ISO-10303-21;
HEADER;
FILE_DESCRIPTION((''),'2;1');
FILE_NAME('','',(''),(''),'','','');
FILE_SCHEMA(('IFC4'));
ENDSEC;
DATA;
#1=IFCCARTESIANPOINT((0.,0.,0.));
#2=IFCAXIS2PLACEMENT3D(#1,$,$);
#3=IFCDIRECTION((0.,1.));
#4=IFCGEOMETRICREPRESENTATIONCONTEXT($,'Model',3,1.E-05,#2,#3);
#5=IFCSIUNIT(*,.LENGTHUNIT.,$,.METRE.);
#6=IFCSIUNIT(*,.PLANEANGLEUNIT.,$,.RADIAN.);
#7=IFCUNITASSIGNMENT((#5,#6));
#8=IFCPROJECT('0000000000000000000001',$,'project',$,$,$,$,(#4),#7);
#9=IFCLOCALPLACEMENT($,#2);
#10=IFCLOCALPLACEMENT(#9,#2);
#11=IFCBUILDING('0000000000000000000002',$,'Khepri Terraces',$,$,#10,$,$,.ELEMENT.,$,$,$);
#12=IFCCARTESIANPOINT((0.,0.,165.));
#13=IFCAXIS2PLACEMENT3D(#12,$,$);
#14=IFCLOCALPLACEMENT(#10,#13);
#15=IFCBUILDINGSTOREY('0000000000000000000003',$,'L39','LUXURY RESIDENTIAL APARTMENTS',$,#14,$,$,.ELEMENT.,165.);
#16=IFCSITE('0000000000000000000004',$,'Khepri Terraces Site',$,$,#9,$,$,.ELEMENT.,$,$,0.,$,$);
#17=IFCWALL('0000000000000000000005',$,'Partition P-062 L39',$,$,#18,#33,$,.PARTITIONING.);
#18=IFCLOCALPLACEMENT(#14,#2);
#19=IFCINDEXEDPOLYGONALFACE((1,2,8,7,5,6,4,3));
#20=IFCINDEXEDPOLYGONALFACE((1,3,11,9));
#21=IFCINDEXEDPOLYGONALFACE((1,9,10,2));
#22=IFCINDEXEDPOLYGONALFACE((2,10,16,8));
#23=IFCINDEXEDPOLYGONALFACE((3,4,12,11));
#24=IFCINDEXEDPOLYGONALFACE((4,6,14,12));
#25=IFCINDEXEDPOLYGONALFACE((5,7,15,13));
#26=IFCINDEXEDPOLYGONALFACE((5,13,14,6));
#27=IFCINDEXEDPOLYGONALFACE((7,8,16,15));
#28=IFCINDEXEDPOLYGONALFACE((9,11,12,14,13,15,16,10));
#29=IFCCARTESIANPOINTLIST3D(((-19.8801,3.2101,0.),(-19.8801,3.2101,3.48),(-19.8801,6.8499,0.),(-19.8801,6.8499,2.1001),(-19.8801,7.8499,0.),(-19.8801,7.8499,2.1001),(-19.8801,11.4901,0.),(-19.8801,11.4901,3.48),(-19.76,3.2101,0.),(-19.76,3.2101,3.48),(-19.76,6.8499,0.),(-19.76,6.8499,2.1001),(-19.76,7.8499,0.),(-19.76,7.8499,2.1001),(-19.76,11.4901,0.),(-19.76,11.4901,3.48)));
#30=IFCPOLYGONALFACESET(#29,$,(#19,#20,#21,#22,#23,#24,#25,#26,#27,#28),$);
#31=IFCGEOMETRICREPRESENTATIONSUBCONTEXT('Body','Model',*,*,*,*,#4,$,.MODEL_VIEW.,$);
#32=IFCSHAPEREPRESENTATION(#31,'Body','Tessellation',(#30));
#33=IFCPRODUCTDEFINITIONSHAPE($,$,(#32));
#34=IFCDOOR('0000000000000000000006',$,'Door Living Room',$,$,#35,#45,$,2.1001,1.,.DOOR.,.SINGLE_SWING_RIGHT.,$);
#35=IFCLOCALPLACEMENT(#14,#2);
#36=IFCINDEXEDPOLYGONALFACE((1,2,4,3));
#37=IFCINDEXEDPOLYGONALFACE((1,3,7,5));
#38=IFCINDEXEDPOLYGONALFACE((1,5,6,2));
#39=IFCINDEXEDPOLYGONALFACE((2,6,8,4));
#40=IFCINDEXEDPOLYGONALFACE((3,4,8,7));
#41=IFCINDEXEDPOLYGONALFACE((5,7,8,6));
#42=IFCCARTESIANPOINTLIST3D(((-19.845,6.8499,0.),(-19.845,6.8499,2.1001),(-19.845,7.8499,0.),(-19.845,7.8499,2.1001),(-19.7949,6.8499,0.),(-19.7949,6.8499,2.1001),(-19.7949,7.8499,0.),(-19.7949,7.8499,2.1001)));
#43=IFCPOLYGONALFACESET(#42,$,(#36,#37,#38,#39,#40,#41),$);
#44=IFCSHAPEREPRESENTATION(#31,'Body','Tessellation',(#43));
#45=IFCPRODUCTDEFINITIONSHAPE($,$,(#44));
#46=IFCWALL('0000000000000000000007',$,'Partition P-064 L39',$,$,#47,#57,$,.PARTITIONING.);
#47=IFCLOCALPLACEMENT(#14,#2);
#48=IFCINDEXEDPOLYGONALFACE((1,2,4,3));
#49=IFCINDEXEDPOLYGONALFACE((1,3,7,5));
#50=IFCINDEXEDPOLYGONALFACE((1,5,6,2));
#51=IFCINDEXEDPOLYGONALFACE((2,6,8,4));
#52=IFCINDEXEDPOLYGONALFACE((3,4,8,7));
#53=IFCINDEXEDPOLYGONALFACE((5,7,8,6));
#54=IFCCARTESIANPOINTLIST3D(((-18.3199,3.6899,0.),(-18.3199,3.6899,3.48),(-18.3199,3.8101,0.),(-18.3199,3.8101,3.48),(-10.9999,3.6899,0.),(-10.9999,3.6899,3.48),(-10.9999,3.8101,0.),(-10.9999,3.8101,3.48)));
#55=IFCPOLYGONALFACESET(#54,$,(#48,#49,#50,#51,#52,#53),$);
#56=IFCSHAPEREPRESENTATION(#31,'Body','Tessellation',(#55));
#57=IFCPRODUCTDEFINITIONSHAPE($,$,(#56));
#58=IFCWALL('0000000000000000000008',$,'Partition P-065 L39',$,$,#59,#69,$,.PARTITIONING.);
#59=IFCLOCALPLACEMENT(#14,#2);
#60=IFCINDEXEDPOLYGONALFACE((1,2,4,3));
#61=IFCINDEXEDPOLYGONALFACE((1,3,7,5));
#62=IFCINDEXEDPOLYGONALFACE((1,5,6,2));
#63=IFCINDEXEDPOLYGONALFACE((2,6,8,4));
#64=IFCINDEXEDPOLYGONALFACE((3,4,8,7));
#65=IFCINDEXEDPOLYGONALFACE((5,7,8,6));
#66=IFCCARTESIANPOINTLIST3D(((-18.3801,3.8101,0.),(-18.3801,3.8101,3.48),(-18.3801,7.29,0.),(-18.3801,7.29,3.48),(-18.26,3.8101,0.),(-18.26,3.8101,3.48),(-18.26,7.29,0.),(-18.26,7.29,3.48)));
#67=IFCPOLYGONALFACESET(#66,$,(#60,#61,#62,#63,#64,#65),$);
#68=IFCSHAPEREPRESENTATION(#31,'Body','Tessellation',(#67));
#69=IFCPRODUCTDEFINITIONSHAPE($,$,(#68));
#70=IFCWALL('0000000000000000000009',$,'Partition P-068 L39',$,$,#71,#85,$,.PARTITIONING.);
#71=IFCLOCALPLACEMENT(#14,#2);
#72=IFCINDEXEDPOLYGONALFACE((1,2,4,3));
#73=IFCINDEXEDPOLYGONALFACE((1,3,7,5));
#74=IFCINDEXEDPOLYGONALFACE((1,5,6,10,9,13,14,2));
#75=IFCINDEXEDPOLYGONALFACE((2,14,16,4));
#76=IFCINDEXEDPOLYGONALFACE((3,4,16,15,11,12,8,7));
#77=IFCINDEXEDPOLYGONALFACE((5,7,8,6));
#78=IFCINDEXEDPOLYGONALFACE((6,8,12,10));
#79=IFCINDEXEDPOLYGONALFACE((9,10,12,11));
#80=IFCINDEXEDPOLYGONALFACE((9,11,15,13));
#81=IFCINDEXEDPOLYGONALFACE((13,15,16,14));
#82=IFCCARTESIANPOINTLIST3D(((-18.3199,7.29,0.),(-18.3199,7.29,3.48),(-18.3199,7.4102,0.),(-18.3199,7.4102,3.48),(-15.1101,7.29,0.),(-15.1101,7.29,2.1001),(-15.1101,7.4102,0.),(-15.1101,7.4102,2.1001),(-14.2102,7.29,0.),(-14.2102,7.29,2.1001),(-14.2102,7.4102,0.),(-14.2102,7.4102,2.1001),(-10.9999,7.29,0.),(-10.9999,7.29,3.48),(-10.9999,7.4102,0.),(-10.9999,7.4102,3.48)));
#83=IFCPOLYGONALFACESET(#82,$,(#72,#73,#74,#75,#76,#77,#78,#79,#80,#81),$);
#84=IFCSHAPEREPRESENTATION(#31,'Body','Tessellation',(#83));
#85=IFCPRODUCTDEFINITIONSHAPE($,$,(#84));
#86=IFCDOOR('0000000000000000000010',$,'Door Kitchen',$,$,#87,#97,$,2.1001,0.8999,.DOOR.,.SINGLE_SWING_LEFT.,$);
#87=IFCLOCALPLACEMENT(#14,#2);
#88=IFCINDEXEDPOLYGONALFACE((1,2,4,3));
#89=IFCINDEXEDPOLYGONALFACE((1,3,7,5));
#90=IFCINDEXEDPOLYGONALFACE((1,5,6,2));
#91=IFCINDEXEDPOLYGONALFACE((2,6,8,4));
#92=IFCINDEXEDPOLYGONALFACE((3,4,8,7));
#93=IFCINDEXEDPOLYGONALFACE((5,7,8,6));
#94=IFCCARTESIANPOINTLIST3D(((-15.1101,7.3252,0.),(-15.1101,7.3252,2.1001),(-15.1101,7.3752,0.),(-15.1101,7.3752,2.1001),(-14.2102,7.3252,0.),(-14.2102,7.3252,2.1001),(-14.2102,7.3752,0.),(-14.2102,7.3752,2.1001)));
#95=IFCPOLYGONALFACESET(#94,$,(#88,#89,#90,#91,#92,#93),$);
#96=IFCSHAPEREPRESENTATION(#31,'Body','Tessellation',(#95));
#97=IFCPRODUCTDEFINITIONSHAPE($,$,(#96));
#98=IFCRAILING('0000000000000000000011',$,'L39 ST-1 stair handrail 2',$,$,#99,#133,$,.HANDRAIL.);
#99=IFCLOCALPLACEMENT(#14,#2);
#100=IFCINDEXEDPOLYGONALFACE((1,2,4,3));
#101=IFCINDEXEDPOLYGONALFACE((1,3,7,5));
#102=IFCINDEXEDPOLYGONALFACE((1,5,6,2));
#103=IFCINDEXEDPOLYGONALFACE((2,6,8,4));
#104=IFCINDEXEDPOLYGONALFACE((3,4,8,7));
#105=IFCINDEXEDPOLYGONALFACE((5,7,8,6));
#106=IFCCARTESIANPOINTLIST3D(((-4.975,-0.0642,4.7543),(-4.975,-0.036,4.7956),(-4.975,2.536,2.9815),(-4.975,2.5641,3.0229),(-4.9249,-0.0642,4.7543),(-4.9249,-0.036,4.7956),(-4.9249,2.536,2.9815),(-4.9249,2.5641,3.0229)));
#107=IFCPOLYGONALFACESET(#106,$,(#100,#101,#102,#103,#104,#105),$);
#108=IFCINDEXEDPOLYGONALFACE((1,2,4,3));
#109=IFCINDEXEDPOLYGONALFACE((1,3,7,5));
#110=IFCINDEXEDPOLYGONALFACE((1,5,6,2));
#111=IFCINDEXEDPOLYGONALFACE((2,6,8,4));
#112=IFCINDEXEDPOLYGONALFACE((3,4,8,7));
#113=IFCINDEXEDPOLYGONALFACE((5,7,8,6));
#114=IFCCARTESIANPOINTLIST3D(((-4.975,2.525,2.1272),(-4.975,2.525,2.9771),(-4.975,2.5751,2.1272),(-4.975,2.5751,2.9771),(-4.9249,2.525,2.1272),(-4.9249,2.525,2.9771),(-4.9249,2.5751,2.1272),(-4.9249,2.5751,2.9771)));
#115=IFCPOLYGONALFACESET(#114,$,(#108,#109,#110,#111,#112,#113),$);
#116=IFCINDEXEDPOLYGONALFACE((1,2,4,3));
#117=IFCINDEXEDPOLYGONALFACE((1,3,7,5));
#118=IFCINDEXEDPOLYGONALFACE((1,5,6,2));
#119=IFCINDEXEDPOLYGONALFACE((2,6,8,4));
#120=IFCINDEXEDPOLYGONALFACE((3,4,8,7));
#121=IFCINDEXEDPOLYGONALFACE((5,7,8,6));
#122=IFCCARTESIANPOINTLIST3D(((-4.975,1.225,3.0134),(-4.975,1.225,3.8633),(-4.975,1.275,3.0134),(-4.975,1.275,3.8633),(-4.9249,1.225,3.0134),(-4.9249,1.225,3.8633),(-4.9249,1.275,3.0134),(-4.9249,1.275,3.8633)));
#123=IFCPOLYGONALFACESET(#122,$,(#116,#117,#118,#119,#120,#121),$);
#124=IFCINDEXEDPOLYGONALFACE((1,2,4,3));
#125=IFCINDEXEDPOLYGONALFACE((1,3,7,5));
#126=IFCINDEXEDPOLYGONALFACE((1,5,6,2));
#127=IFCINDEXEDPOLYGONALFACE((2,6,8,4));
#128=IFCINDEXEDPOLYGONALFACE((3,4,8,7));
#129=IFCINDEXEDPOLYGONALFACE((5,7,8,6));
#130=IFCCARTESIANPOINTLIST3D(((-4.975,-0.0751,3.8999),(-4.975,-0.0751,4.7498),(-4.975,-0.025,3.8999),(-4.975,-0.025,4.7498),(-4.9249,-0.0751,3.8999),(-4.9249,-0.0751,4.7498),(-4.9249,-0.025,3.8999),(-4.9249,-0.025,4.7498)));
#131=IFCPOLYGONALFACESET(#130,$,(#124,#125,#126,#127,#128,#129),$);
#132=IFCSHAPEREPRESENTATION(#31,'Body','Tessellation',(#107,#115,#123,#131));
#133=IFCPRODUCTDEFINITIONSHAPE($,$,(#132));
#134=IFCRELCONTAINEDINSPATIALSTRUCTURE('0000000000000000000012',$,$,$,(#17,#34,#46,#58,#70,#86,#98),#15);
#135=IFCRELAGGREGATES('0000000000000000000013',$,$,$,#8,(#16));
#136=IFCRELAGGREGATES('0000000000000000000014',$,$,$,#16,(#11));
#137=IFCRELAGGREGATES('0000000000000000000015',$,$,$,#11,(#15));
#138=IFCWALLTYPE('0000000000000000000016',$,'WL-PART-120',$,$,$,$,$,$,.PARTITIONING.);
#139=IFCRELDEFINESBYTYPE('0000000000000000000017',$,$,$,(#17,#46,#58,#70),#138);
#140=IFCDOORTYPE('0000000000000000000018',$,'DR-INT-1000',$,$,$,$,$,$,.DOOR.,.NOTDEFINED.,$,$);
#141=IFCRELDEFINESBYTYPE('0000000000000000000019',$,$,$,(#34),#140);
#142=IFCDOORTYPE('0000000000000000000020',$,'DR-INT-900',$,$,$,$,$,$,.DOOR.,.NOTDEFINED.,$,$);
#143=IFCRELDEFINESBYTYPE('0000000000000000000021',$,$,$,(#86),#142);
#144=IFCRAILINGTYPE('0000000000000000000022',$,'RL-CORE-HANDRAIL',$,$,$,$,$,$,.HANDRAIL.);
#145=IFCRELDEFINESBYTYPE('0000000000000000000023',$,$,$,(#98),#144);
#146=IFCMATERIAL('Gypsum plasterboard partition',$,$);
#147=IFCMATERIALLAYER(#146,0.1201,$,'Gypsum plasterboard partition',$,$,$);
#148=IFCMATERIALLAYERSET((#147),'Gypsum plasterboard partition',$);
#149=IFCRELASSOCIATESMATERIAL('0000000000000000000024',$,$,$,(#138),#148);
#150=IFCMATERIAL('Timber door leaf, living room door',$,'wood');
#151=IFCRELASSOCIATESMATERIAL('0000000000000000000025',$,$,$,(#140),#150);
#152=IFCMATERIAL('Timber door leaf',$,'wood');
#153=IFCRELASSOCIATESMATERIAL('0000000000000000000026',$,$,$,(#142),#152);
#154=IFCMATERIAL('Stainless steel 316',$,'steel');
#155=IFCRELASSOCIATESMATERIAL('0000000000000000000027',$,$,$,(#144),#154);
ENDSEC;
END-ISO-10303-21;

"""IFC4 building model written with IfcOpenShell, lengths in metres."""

from ifc_helpers import new_model, si_unit, direction, frame, frame_2d, origin, origin_2d, place, context, subcontext, project, spatial, rectangle, extrude, material, layer, layer_set, type_object, element, fill, save


model = new_model("IFC4")

# Units and contexts
model_context = context("Model", 3, precision=1e-05, world=origin(), true_north=direction((0.0, 1.0)))
body_context = subcontext(model_context, "Body", "Model", "MODEL_VIEW")
ifc_project = project(units=[si_unit("LENGTHUNIT", "METRE"), si_unit("PLANEANGLEUNIT", "RADIAN")], contexts=[model_context])

# Site, building, storey
site_placement = place(None, origin())
site = spatial("IfcSite", under=ifc_project, at=site_placement, Name="Khepri Terraces Site", CompositionType="ELEMENT", RefElevation=0.0)
building_placement = place(site_placement, origin())
building = spatial("IfcBuilding", under=site, at=building_placement, Name="Khepri Terraces", CompositionType="ELEMENT")
storey_placement = place(building_placement, frame((0.0, 0.0, 165.0)))
storey = spatial("IfcBuildingStorey", under=building, at=storey_placement, Name="L39", Description="LUXURY RESIDENTIAL APARTMENTS", CompositionType="ELEMENT", Elevation=165.0)

# Shared definitions
ifc_material_1 = material(Name="Gypsum plasterboard partition")
ifc_layer_1 = layer(ifc_material_1, 0.1201, Name="Gypsum plasterboard partition")
ifc_layer_set_1 = layer_set([ifc_layer_1], Name="Gypsum plasterboard partition")
wall_type_1 = type_object("IfcWallType", Name="WL-PART-120", PredefinedType="PARTITIONING", material=ifc_layer_set_1)

# Wall, opening, door
wall_1_placement = place(storey_placement, frame((-19.8201, 3.21, 0.0), z_axis=(0.0, 0.0, 1.0), x_axis=(0.0, 1.0, 0.0)))
wall_1 = element("IfcWall", 1, at=wall_1_placement, inside=storey, type_object=wall_type_1, Name="Partition P-062 L39", PredefinedType="PARTITIONING", context=body_context, shape_type="SweptSolid", body=[
    extrude(rectangle(XDim=8.28, YDim=0.1201, at=frame_2d((4.1401, 0.0))), origin(), (0.0, 0.0, 1.0), 3.48),
])
opening_1_placement = place(wall_1_placement, frame((3.6399, 0.0, 0.0)))
opening_1 = element("IfcOpeningElement", 2, at=opening_1_placement, cuts=wall_1, PredefinedType="OPENING", context=body_context, shape_type="SweptSolid", body=[
    extrude(rectangle(XDim=1.0, YDim=2.1001, at=frame_2d((0.5, 1.05))), frame((0.0, 0.0701, 0.0), z_axis=(0.0, -1.0, 0.0), x_axis=(1.0, 0.0, 0.0)), (0.0, 0.0, 1.0), 0.1401),
])
ifc_material_2 = material(Name="Timber door leaf, living room door", Category="wood")
door_type_1 = type_object("IfcDoorType", Name="DR-INT-1000", OperationType="NOTDEFINED", PredefinedType="DOOR", material=ifc_material_2)
door_1_placement = place(opening_1_placement, origin())
door_1 = element("IfcDoor", 3, at=door_1_placement, inside=storey, type_object=door_type_1, Name="Door Living Room", OperationType="SINGLE_SWING_RIGHT", OverallHeight=2.1001, OverallWidth=1.0, PredefinedType="DOOR", context=body_context, shape_type="SweptSolid", body=[
    extrude(rectangle(XDim=1.0, YDim=2.1001, at=frame_2d((0.5, 1.05))), frame((0.0, 0.0249, 0.0), z_axis=(0.0, -1.0, 0.0), x_axis=(1.0, 0.0, 0.0)), (0.0, 0.0, 1.0), 0.05),
])
fill(opening_1, door_1)

# Walls
wall_2_placement = place(storey_placement, frame((-18.3201, 3.75, 0.0), z_axis=(0.0, 0.0, 1.0), x_axis=(1.0, 0.0, 0.0)))
element("IfcWall", 4, at=wall_2_placement, inside=storey, type_object=wall_type_1, Name="Partition P-064 L39", PredefinedType="PARTITIONING", context=body_context, shape_type="SweptSolid", body=[
    extrude(rectangle(XDim=7.3201, YDim=0.1201, at=frame_2d((3.6602, 0.0))), origin(), (0.0, 0.0, 1.0), 3.48),
])
wall_3_placement = place(storey_placement, frame((-18.3201, 3.8101, 0.0), z_axis=(0.0, 0.0, 1.0), x_axis=(0.0, 1.0, 0.0)))
element("IfcWall", 5, at=wall_3_placement, inside=storey, type_object=wall_type_1, Name="Partition P-065 L39", PredefinedType="PARTITIONING", context=body_context, shape_type="SweptSolid", body=[
    extrude(rectangle(XDim=3.48, YDim=0.1201, at=frame_2d((1.74, 0.0))), origin(), (0.0, 0.0, 1.0), 3.48),
])

# Wall, opening, door
wall_4_placement = place(storey_placement, frame((-18.3201, 7.3501, 0.0), z_axis=(0.0, 0.0, 1.0), x_axis=(1.0, 0.0, 0.0)))
wall_4 = element("IfcWall", 6, at=wall_4_placement, inside=storey, type_object=wall_type_1, Name="Partition P-068 L39", PredefinedType="PARTITIONING", context=body_context, shape_type="SweptSolid", body=[
    extrude(rectangle(XDim=7.3201, YDim=0.1201, at=frame_2d((3.6602, 0.0))), origin(), (0.0, 0.0, 1.0), 3.48),
])
opening_2_placement = place(wall_4_placement, frame((3.21, 0.0, 0.0)))
opening_2 = element("IfcOpeningElement", 7, at=opening_2_placement, cuts=wall_4, PredefinedType="OPENING", context=body_context, shape_type="SweptSolid", body=[
    extrude(rectangle(XDim=0.8999, YDim=2.1001, at=frame_2d((0.45, 1.05))), frame((0.0, 0.0701, 0.0), z_axis=(0.0, -1.0, 0.0), x_axis=(1.0, 0.0, 0.0)), (0.0, 0.0, 1.0), 0.1401),
])
ifc_material_3 = material(Name="Timber door leaf", Category="wood")
door_type_2 = type_object("IfcDoorType", Name="DR-INT-900", OperationType="NOTDEFINED", PredefinedType="DOOR", material=ifc_material_3)
door_2_placement = place(opening_2_placement, frame((0.8999, 0.0, 0.0), z_axis=(0.0, 0.0, 1.0), x_axis=(-1.0, 0.0, 0.0)))
door_2 = element("IfcDoor", 8, at=door_2_placement, inside=storey, type_object=door_type_2, Name="Door Kitchen", OperationType="SINGLE_SWING_LEFT", OverallHeight=2.1001, OverallWidth=0.8999, PredefinedType="DOOR", context=body_context, shape_type="SweptSolid", body=[
    extrude(rectangle(XDim=0.8999, YDim=2.1001, at=frame_2d((0.45, 1.05))), frame((0.0, 0.0249, 0.0), z_axis=(0.0, -1.0, 0.0), x_axis=(1.0, 0.0, 0.0)), (0.0, 0.0, 1.0), 0.05),
])
fill(opening_2, door_2)

# Railing
ifc_material_4 = material(Name="Stainless steel 316", Category="steel")
railing_type = type_object("IfcRailingType", Name="RL-CORE-HANDRAIL", PredefinedType="HANDRAIL", material=ifc_material_4)
railing_placement = place(storey_placement, frame((-4.95, 2.55, 2.1272)))
element("IfcRailing", 9, at=railing_placement, inside=storey, type_object=railing_type, Name="L39 ST-1 stair handrail 2", PredefinedType="HANDRAIL", context=body_context, shape_type="SweptSolid", body=[
    extrude(rectangle(XDim=0.05, YDim=0.05, at=origin_2d()), frame((0.0, 0.0, 0.875), z_axis=(0.0, -0.82624, 0.563318), x_axis=(1.0, 0.0, 0.0)), (0.0, 0.0, 1.0), 3.147),
    extrude(rectangle(XDim=0.05, YDim=0.05, at=origin_2d()), origin(), (0.0, 0.0, 1.0), 0.8499),
    extrude(rectangle(XDim=0.05, YDim=0.05, at=origin_2d()), frame((0.0, -1.3, 0.8862)), (0.0, 0.0, 1.0), 0.8499),
    extrude(rectangle(XDim=0.05, YDim=0.05, at=origin_2d()), frame((0.0, -2.6001, 1.7727)), (0.0, 0.0, 1.0), 0.8499),
])

save(model, "model.ifc")
